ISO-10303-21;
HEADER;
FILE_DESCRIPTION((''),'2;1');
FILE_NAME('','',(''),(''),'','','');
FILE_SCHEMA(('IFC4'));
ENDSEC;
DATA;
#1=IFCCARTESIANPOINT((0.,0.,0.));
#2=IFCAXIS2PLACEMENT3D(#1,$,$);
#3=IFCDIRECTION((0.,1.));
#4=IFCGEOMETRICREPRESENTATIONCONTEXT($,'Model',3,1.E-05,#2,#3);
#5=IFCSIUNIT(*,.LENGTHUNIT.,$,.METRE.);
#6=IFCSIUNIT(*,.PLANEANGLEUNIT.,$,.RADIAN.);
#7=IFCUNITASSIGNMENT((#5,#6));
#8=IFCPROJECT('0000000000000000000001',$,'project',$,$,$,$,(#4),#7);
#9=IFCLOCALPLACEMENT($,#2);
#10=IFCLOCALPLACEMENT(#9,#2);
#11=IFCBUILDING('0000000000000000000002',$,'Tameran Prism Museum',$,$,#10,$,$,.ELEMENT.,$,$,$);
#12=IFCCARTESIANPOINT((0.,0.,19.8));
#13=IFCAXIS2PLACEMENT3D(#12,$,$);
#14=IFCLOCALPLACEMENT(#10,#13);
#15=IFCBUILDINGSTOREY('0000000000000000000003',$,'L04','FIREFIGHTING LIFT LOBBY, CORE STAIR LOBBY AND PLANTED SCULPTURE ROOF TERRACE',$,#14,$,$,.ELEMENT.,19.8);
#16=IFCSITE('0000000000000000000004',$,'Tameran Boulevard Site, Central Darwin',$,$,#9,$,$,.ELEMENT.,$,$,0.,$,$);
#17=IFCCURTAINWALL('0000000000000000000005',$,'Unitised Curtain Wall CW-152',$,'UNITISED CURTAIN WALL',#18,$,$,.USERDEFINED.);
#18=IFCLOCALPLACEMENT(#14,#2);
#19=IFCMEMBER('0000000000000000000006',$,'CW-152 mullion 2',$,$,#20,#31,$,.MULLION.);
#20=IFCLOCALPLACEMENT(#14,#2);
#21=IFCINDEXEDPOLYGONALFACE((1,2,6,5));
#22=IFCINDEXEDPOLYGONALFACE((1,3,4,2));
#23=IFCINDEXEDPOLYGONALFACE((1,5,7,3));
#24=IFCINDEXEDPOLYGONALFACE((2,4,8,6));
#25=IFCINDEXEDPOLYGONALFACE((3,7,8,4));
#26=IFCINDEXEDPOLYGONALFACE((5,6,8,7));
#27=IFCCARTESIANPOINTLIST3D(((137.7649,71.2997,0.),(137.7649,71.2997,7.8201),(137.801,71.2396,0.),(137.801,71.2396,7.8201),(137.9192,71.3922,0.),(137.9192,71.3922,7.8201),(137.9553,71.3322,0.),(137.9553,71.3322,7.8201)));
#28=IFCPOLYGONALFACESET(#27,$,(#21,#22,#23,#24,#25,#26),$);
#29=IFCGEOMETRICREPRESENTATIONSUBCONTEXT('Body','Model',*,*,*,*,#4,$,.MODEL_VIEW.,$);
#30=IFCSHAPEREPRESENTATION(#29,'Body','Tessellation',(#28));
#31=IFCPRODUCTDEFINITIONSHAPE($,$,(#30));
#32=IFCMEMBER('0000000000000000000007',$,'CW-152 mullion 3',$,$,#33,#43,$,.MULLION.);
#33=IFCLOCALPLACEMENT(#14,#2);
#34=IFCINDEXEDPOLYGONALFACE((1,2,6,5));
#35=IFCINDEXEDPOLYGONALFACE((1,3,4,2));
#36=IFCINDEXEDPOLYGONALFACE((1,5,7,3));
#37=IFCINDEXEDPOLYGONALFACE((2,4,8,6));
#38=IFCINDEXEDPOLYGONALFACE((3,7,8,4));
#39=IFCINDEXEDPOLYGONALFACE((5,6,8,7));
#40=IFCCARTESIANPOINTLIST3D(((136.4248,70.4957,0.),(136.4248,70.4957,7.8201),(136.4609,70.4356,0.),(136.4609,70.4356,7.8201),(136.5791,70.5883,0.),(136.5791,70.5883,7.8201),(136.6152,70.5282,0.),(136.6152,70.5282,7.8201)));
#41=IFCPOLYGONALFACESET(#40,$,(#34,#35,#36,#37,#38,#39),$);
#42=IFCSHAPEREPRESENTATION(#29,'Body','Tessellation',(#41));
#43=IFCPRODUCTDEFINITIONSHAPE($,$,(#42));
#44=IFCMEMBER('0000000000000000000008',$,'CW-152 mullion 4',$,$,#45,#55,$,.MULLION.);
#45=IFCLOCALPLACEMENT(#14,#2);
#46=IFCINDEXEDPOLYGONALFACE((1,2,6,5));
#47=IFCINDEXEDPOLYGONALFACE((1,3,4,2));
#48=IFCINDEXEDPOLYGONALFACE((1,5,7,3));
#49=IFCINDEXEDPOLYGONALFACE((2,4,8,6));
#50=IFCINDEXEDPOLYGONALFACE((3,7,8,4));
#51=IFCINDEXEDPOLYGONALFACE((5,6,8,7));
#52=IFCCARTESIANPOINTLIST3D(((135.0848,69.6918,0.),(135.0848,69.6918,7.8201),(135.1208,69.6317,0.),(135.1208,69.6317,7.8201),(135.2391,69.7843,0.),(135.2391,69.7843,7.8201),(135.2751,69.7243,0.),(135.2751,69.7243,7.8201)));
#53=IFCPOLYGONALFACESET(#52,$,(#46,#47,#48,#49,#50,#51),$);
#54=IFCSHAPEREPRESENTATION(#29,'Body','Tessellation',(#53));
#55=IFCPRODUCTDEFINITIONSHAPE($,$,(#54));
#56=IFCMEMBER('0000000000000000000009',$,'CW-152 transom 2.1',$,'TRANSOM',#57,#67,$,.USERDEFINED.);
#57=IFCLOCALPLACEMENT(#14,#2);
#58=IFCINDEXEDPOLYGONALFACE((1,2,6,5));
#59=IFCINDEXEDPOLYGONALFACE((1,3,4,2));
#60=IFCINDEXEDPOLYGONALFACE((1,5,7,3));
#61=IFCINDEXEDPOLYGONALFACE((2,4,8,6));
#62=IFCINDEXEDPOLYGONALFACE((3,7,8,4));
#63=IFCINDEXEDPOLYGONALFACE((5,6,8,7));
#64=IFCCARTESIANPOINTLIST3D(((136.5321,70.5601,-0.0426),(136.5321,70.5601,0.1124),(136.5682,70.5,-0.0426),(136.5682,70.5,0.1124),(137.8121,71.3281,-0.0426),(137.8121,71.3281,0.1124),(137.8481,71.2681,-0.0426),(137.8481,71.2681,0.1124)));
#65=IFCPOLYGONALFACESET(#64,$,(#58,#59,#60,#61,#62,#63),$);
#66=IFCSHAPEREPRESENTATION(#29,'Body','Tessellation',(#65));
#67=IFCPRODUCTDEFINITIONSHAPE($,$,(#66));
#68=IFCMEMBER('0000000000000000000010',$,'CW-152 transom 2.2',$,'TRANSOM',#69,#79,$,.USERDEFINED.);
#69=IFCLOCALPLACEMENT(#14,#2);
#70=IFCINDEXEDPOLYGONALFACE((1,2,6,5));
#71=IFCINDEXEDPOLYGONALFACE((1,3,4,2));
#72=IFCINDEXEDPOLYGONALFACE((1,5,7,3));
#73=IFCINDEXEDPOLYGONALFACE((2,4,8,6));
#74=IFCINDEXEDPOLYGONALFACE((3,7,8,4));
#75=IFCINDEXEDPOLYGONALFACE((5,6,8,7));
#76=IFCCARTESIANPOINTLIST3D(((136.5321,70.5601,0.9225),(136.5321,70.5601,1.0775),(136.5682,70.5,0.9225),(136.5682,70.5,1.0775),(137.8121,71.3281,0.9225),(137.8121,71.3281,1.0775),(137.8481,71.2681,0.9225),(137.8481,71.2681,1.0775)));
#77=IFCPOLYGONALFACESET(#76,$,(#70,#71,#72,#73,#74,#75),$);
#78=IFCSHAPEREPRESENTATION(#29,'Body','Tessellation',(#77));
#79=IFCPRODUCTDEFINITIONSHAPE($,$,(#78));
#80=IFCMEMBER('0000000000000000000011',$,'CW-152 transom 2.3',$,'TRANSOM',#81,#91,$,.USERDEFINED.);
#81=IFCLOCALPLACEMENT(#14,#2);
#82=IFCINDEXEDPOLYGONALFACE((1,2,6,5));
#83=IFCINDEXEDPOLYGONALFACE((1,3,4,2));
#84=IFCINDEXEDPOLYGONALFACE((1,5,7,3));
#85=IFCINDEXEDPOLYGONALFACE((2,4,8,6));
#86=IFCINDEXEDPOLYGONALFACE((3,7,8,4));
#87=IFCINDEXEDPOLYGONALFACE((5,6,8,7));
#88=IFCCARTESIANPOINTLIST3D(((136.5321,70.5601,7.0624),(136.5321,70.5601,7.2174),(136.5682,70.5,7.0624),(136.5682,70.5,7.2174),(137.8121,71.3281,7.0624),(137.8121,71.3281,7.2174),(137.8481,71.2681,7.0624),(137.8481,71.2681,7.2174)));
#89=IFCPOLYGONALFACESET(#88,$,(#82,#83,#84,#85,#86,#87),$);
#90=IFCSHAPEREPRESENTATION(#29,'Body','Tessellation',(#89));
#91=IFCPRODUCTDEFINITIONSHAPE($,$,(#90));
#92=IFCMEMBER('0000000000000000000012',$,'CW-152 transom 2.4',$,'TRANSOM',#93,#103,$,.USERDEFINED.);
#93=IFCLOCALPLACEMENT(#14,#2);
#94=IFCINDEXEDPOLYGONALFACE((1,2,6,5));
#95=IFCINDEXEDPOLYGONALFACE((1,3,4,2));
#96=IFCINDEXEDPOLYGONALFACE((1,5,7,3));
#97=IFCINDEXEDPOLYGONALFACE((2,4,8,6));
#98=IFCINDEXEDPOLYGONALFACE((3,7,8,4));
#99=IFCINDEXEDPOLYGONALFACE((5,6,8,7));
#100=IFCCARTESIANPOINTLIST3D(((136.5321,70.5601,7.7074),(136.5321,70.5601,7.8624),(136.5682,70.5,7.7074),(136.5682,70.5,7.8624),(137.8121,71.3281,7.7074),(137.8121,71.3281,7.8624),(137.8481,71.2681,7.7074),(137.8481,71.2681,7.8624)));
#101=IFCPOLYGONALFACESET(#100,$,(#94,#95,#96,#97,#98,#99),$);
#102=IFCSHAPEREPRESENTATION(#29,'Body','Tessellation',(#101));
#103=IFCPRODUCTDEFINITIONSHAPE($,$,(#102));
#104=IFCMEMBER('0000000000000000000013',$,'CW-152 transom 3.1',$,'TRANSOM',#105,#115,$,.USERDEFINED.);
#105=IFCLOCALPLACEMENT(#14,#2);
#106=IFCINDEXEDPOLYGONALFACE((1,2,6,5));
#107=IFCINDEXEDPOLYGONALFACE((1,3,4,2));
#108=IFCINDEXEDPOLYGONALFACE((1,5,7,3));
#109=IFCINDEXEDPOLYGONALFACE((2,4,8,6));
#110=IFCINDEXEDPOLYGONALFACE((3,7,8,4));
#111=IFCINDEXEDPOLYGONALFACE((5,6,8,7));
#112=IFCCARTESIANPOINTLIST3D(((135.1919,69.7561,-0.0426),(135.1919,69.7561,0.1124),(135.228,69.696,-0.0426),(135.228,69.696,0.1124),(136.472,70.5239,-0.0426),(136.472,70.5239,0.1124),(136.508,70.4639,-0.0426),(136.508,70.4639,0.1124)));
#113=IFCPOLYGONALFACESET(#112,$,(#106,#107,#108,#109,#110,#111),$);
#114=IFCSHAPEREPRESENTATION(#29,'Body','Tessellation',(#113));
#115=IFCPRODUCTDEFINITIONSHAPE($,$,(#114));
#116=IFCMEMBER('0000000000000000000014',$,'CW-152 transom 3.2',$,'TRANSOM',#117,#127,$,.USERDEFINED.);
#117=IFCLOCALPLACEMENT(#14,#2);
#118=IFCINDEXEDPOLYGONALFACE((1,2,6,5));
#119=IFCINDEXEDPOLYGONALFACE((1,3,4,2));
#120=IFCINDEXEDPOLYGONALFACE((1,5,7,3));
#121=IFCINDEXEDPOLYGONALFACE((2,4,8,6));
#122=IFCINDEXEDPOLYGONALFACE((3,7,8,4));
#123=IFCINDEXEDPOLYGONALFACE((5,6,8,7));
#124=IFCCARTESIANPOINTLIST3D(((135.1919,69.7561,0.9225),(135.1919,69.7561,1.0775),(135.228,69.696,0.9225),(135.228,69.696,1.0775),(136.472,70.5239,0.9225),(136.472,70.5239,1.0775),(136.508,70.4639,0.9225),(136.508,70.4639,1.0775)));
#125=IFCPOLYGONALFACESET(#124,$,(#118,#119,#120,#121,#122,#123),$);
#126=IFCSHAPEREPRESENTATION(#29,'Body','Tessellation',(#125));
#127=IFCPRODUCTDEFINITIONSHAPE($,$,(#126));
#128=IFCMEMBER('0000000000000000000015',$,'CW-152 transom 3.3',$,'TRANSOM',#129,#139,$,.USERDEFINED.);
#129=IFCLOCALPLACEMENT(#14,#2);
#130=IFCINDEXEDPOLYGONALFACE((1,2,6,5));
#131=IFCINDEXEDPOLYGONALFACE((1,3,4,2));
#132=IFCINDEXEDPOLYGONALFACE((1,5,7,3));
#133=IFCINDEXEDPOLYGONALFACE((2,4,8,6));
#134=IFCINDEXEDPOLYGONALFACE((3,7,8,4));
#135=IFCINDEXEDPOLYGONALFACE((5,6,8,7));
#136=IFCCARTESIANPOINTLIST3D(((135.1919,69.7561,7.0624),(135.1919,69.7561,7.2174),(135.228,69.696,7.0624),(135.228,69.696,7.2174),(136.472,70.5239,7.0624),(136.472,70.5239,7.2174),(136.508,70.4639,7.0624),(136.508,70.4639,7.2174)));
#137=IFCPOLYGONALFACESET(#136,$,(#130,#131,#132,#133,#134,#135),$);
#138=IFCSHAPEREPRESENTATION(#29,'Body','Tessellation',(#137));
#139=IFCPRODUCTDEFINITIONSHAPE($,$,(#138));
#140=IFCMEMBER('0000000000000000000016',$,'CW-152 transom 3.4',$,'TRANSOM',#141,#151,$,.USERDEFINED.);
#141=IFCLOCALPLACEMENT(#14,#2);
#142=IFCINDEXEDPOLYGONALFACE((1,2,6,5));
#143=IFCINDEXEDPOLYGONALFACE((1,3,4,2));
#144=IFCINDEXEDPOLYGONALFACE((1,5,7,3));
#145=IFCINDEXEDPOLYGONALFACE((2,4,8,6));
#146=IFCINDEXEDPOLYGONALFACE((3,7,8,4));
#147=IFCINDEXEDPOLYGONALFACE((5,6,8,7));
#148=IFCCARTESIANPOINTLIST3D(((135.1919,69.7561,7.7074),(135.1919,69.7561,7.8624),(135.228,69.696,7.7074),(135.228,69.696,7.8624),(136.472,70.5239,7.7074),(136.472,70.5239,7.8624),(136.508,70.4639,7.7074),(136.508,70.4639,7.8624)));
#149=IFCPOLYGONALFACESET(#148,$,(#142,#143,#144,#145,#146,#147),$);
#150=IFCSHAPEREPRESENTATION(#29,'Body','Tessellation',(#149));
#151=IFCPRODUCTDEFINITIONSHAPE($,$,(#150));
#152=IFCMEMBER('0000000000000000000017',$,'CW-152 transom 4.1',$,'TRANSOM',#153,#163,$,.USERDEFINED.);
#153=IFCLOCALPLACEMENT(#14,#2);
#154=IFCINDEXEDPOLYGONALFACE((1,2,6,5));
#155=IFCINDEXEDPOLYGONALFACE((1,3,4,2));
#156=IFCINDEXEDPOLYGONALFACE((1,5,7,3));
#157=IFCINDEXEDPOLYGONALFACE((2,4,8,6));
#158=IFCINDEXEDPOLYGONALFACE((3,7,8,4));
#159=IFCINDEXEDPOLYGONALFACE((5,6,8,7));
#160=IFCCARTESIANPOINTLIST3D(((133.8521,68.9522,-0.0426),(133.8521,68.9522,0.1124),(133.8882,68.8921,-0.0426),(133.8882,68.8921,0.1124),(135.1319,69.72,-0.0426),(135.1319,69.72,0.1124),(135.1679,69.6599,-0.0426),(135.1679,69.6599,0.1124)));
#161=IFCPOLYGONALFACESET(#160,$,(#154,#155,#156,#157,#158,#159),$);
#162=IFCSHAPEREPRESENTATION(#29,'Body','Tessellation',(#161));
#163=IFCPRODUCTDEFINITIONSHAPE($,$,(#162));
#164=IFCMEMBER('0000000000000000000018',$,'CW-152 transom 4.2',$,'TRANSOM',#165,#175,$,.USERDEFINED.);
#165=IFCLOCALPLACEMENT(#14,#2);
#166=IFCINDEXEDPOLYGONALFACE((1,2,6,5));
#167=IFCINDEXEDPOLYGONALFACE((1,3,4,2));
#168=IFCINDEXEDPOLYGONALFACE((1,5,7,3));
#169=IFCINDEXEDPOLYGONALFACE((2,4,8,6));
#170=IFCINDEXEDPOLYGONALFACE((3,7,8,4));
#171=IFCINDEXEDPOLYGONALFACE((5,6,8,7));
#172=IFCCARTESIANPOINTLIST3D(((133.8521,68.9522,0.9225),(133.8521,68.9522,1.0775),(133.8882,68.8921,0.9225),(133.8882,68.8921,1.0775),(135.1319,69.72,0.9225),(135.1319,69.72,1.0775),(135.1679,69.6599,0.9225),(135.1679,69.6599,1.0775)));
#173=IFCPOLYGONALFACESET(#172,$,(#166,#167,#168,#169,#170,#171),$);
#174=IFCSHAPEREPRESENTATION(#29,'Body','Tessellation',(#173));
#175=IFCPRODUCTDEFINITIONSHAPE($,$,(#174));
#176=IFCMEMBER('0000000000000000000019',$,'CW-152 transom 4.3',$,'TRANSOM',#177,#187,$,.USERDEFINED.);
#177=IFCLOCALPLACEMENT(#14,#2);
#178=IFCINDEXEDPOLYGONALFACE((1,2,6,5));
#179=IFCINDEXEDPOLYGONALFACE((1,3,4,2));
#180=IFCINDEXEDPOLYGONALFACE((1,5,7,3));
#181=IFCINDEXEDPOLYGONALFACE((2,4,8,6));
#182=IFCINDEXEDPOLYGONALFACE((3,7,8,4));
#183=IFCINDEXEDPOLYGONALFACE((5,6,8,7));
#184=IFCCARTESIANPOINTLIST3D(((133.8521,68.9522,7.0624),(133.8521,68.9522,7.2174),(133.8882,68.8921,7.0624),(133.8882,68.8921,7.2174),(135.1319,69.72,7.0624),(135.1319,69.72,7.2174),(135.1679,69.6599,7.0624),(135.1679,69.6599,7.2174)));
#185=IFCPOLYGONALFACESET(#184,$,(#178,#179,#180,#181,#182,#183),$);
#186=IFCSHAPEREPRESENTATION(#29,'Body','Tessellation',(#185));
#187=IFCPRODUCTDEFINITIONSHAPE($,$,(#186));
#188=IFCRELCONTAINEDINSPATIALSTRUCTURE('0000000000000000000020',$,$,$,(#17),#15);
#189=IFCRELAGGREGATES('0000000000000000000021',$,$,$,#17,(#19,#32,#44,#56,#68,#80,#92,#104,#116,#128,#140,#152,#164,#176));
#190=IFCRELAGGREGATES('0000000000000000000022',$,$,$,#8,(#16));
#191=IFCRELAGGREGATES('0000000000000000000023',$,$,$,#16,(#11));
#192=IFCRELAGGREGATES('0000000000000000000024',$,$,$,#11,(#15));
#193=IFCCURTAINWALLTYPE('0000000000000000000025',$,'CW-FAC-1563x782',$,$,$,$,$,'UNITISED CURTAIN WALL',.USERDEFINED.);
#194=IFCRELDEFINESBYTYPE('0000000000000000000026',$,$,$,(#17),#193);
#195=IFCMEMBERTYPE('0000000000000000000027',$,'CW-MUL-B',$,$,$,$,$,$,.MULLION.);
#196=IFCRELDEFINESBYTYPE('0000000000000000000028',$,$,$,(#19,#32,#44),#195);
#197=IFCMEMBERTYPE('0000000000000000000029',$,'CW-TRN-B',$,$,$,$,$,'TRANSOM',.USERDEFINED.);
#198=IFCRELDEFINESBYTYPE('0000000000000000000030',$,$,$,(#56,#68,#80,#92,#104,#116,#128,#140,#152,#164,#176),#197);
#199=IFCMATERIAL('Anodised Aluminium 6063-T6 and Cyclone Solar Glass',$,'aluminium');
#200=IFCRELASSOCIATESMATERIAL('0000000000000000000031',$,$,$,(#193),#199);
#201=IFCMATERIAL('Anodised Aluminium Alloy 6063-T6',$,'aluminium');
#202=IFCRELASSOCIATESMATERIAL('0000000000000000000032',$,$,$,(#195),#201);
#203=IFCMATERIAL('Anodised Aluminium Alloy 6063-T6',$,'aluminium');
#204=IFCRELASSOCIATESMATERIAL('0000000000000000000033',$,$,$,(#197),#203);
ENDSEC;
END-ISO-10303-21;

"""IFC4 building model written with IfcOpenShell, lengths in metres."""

from ifc_helpers import new_model, si_unit, direction, frame, origin, origin_2d, place, context, subcontext, project, spatial, rectangle, extrude, material, material_profile, profile_set, type_object, element, aggregate, save


model = new_model("IFC4")

# Units and contexts
model_context = context("Model", 3, precision=1e-05, world=origin(), true_north=direction((0.0, 1.0)))
body_context = subcontext(model_context, "Body", "Model", "MODEL_VIEW")
ifc_project = project(units=[si_unit("LENGTHUNIT", "METRE"), si_unit("PLANEANGLEUNIT", "RADIAN")], contexts=[model_context])

# Site, building, storey
site_placement = place(None, origin())
site = spatial("IfcSite", under=ifc_project, at=site_placement, Name="Tameran Boulevard Site, Central Darwin", CompositionType="ELEMENT", RefElevation=0.0)
building_placement = place(site_placement, origin())
building = spatial("IfcBuilding", under=site, at=building_placement, Name="Tameran Prism Museum", CompositionType="ELEMENT")
storey_placement = place(building_placement, frame((0.0, 0.0, 19.8)))
storey = spatial("IfcBuildingStorey", under=building, at=storey_placement, Name="L04", Description="FIREFIGHTING LIFT LOBBY, CORE STAIR LOBBY AND PLANTED SCULPTURE ROOF TERRACE", CompositionType="ELEMENT", Elevation=19.8)

# Curtain wall, members
ifc_material_1 = material(Name="Anodised Aluminium 6063-T6 and Cyclone Solar Glass", Category="aluminium")
curtain_wall_type = type_object("IfcCurtainWallType", Name="CW-FAC-1563x782", ElementType="UNITISED CURTAIN WALL", PredefinedType="USERDEFINED", material=ifc_material_1)
curtain_wall_placement = place(storey_placement, origin())
curtain_wall = element("IfcCurtainWall", 1, at=curtain_wall_placement, inside=storey, type_object=curtain_wall_type, Name="Unitised Curtain Wall CW-152", ObjectType="UNITISED CURTAIN WALL", PredefinedType="USERDEFINED")
ifc_material_2 = material(Name="Anodised Aluminium Alloy 6063-T6", Category="aluminium")
ifc_material_profile_1 = material_profile(ifc_material_2, rectangle(XDim=0.0701, YDim=0.1799, at=origin_2d()))
ifc_profile_set_1 = profile_set([ifc_material_profile_1])
member_type_1 = type_object("IfcMemberType", Name="CW-MUL-B", PredefinedType="MULLION", material=ifc_profile_set_1)
member_1_placement = place(storey_placement, frame((137.8601, 71.3159, 0.0), z_axis=(0.0, 0.0, 1.0), x_axis=(0.514496, -0.857493, 0.0)))
member_1 = element("IfcMember", 2, at=member_1_placement, type_object=member_type_1, Name="CW-152 mullion 2", PredefinedType="MULLION", context=body_context, shape_type="SweptSolid", body=[
    extrude(rectangle(XDim=0.0701, YDim=0.1799, at=origin_2d()), origin(), (0.0, 0.0, 1.0), 7.8201),
])
member_2_placement = place(storey_placement, frame((136.52, 70.512, 0.0), z_axis=(0.0, 0.0, 1.0), x_axis=(0.514496, -0.857493, 0.0)))
member_2 = element("IfcMember", 3, at=member_2_placement, type_object=member_type_1, Name="CW-152 mullion 3", PredefinedType="MULLION", context=body_context, shape_type="SweptSolid", body=[
    extrude(rectangle(XDim=0.0701, YDim=0.1799, at=origin_2d()), origin(), (0.0, 0.0, 1.0), 7.8201),
])
member_3_placement = place(storey_placement, frame((135.1799, 69.708, 0.0), z_axis=(0.0, 0.0, 1.0), x_axis=(0.514496, -0.857493, 0.0)))
member_3 = element("IfcMember", 4, at=member_3_placement, type_object=member_type_1, Name="CW-152 mullion 4", PredefinedType="MULLION", context=body_context, shape_type="SweptSolid", body=[
    extrude(rectangle(XDim=0.0701, YDim=0.1799, at=origin_2d()), origin(), (0.0, 0.0, 1.0), 7.8201),
])
ifc_material_3 = material(Name="Anodised Aluminium Alloy 6063-T6", Category="aluminium")
ifc_material_profile_2 = material_profile(ifc_material_3, rectangle(XDim=0.0701, YDim=0.155, at=origin_2d()))
ifc_profile_set_2 = profile_set([ifc_material_profile_2])
member_type_2 = type_object("IfcMemberType", Name="CW-TRN-B", ElementType="TRANSOM", PredefinedType="USERDEFINED", material=ifc_profile_set_2)
member_4_placement = place(storey_placement, frame((137.8301, 71.2981, 0.0349), z_axis=(-0.857478, -0.51452, 0.0), x_axis=(0.51452, -0.857478, 0.0)))
member_4 = element("IfcMember", 5, at=member_4_placement, type_object=member_type_2, Name="CW-152 transom 2.1", ObjectType="TRANSOM", PredefinedType="USERDEFINED", context=body_context, shape_type="SweptSolid", body=[
    extrude(rectangle(XDim=0.0701, YDim=0.155, at=origin_2d()), origin(), (0.0, 0.0, 1.0), 1.4927),
])
member_5_placement = place(storey_placement, frame((137.8301, 71.2981, 1.0), z_axis=(-0.857478, -0.51452, 0.0), x_axis=(0.51452, -0.857478, 0.0)))
member_5 = element("IfcMember", 6, at=member_5_placement, type_object=member_type_2, Name="CW-152 transom 2.2", ObjectType="TRANSOM", PredefinedType="USERDEFINED", context=body_context, shape_type="SweptSolid", body=[
    extrude(rectangle(XDim=0.0701, YDim=0.155, at=origin_2d()), origin(), (0.0, 0.0, 1.0), 1.4927),
])
member_6_placement = place(storey_placement, frame((137.8301, 71.2981, 7.1399), z_axis=(-0.857478, -0.51452, 0.0), x_axis=(0.51452, -0.857478, 0.0)))
member_6 = element("IfcMember", 7, at=member_6_placement, type_object=member_type_2, Name="CW-152 transom 2.3", ObjectType="TRANSOM", PredefinedType="USERDEFINED", context=body_context, shape_type="SweptSolid", body=[
    extrude(rectangle(XDim=0.0701, YDim=0.155, at=origin_2d()), origin(), (0.0, 0.0, 1.0), 1.4927),
])
member_7_placement = place(storey_placement, frame((137.8301, 71.2981, 7.7849), z_axis=(-0.857478, -0.51452, 0.0), x_axis=(0.51452, -0.857478, 0.0)))
member_7 = element("IfcMember", 8, at=member_7_placement, type_object=member_type_2, Name="CW-152 transom 2.4", ObjectType="TRANSOM", PredefinedType="USERDEFINED", context=body_context, shape_type="SweptSolid", body=[
    extrude(rectangle(XDim=0.0701, YDim=0.155, at=origin_2d()), origin(), (0.0, 0.0, 1.0), 1.4927),
])
member_8_placement = place(storey_placement, frame((136.49, 70.4939, 0.0349), z_axis=(-0.857551, -0.5144, 0.0), x_axis=(0.5144, -0.857551, 0.0)))
member_8 = element("IfcMember", 9, at=member_8_placement, type_object=member_type_2, Name="CW-152 transom 3.1", ObjectType="TRANSOM", PredefinedType="USERDEFINED", context=body_context, shape_type="SweptSolid", body=[
    extrude(rectangle(XDim=0.0701, YDim=0.155, at=origin_2d()), origin(), (0.0, 0.0, 1.0), 1.4927),
])
member_9_placement = place(storey_placement, frame((136.49, 70.4939, 1.0), z_axis=(-0.857551, -0.5144, 0.0), x_axis=(0.5144, -0.857551, 0.0)))
member_9 = element("IfcMember", 10, at=member_9_placement, type_object=member_type_2, Name="CW-152 transom 3.2", ObjectType="TRANSOM", PredefinedType="USERDEFINED", context=body_context, shape_type="SweptSolid", body=[
    extrude(rectangle(XDim=0.0701, YDim=0.155, at=origin_2d()), origin(), (0.0, 0.0, 1.0), 1.4927),
])
member_10_placement = place(storey_placement, frame((136.49, 70.4939, 7.1399), z_axis=(-0.857551, -0.5144, 0.0), x_axis=(0.5144, -0.857551, 0.0)))
member_10 = element("IfcMember", 11, at=member_10_placement, type_object=member_type_2, Name="CW-152 transom 3.3", ObjectType="TRANSOM", PredefinedType="USERDEFINED", context=body_context, shape_type="SweptSolid", body=[
    extrude(rectangle(XDim=0.0701, YDim=0.155, at=origin_2d()), origin(), (0.0, 0.0, 1.0), 1.4927),
])
member_11_placement = place(storey_placement, frame((136.49, 70.4939, 7.7849), z_axis=(-0.857551, -0.5144, 0.0), x_axis=(0.5144, -0.857551, 0.0)))
member_11 = element("IfcMember", 12, at=member_11_placement, type_object=member_type_2, Name="CW-152 transom 3.4", ObjectType="TRANSOM", PredefinedType="USERDEFINED", context=body_context, shape_type="SweptSolid", body=[
    extrude(rectangle(XDim=0.0701, YDim=0.155, at=origin_2d()), origin(), (0.0, 0.0, 1.0), 1.4927),
])
member_12_placement = place(storey_placement, frame((135.1499, 69.6899, 0.0349), z_axis=(-0.857507, -0.514472, 0.0), x_axis=(0.514472, -0.857507, 0.0)))
member_12 = element("IfcMember", 13, at=member_12_placement, type_object=member_type_2, Name="CW-152 transom 4.1", ObjectType="TRANSOM", PredefinedType="USERDEFINED", context=body_context, shape_type="SweptSolid", body=[
    extrude(rectangle(XDim=0.0701, YDim=0.155, at=origin_2d()), origin(), (0.0, 0.0, 1.0), 1.4924),
])
member_13_placement = place(storey_placement, frame((135.1499, 69.6899, 1.0), z_axis=(-0.857507, -0.514472, 0.0), x_axis=(0.514472, -0.857507, 0.0)))
member_13 = element("IfcMember", 14, at=member_13_placement, type_object=member_type_2, Name="CW-152 transom 4.2", ObjectType="TRANSOM", PredefinedType="USERDEFINED", context=body_context, shape_type="SweptSolid", body=[
    extrude(rectangle(XDim=0.0701, YDim=0.155, at=origin_2d()), origin(), (0.0, 0.0, 1.0), 1.4924),
])
member_14_placement = place(storey_placement, frame((135.1499, 69.6899, 7.1399), z_axis=(-0.857507, -0.514472, 0.0), x_axis=(0.514472, -0.857507, 0.0)))
member_14 = element("IfcMember", 15, at=member_14_placement, type_object=member_type_2, Name="CW-152 transom 4.3", ObjectType="TRANSOM", PredefinedType="USERDEFINED", context=body_context, shape_type="SweptSolid", body=[
    extrude(rectangle(XDim=0.0701, YDim=0.155, at=origin_2d()), origin(), (0.0, 0.0, 1.0), 1.4924),
])
aggregate(curtain_wall, [member_1, member_2, member_3, member_4, member_5, member_6, member_7, member_8, member_9, member_10, member_11, member_12, member_13, member_14])

save(model, "model.ifc")
